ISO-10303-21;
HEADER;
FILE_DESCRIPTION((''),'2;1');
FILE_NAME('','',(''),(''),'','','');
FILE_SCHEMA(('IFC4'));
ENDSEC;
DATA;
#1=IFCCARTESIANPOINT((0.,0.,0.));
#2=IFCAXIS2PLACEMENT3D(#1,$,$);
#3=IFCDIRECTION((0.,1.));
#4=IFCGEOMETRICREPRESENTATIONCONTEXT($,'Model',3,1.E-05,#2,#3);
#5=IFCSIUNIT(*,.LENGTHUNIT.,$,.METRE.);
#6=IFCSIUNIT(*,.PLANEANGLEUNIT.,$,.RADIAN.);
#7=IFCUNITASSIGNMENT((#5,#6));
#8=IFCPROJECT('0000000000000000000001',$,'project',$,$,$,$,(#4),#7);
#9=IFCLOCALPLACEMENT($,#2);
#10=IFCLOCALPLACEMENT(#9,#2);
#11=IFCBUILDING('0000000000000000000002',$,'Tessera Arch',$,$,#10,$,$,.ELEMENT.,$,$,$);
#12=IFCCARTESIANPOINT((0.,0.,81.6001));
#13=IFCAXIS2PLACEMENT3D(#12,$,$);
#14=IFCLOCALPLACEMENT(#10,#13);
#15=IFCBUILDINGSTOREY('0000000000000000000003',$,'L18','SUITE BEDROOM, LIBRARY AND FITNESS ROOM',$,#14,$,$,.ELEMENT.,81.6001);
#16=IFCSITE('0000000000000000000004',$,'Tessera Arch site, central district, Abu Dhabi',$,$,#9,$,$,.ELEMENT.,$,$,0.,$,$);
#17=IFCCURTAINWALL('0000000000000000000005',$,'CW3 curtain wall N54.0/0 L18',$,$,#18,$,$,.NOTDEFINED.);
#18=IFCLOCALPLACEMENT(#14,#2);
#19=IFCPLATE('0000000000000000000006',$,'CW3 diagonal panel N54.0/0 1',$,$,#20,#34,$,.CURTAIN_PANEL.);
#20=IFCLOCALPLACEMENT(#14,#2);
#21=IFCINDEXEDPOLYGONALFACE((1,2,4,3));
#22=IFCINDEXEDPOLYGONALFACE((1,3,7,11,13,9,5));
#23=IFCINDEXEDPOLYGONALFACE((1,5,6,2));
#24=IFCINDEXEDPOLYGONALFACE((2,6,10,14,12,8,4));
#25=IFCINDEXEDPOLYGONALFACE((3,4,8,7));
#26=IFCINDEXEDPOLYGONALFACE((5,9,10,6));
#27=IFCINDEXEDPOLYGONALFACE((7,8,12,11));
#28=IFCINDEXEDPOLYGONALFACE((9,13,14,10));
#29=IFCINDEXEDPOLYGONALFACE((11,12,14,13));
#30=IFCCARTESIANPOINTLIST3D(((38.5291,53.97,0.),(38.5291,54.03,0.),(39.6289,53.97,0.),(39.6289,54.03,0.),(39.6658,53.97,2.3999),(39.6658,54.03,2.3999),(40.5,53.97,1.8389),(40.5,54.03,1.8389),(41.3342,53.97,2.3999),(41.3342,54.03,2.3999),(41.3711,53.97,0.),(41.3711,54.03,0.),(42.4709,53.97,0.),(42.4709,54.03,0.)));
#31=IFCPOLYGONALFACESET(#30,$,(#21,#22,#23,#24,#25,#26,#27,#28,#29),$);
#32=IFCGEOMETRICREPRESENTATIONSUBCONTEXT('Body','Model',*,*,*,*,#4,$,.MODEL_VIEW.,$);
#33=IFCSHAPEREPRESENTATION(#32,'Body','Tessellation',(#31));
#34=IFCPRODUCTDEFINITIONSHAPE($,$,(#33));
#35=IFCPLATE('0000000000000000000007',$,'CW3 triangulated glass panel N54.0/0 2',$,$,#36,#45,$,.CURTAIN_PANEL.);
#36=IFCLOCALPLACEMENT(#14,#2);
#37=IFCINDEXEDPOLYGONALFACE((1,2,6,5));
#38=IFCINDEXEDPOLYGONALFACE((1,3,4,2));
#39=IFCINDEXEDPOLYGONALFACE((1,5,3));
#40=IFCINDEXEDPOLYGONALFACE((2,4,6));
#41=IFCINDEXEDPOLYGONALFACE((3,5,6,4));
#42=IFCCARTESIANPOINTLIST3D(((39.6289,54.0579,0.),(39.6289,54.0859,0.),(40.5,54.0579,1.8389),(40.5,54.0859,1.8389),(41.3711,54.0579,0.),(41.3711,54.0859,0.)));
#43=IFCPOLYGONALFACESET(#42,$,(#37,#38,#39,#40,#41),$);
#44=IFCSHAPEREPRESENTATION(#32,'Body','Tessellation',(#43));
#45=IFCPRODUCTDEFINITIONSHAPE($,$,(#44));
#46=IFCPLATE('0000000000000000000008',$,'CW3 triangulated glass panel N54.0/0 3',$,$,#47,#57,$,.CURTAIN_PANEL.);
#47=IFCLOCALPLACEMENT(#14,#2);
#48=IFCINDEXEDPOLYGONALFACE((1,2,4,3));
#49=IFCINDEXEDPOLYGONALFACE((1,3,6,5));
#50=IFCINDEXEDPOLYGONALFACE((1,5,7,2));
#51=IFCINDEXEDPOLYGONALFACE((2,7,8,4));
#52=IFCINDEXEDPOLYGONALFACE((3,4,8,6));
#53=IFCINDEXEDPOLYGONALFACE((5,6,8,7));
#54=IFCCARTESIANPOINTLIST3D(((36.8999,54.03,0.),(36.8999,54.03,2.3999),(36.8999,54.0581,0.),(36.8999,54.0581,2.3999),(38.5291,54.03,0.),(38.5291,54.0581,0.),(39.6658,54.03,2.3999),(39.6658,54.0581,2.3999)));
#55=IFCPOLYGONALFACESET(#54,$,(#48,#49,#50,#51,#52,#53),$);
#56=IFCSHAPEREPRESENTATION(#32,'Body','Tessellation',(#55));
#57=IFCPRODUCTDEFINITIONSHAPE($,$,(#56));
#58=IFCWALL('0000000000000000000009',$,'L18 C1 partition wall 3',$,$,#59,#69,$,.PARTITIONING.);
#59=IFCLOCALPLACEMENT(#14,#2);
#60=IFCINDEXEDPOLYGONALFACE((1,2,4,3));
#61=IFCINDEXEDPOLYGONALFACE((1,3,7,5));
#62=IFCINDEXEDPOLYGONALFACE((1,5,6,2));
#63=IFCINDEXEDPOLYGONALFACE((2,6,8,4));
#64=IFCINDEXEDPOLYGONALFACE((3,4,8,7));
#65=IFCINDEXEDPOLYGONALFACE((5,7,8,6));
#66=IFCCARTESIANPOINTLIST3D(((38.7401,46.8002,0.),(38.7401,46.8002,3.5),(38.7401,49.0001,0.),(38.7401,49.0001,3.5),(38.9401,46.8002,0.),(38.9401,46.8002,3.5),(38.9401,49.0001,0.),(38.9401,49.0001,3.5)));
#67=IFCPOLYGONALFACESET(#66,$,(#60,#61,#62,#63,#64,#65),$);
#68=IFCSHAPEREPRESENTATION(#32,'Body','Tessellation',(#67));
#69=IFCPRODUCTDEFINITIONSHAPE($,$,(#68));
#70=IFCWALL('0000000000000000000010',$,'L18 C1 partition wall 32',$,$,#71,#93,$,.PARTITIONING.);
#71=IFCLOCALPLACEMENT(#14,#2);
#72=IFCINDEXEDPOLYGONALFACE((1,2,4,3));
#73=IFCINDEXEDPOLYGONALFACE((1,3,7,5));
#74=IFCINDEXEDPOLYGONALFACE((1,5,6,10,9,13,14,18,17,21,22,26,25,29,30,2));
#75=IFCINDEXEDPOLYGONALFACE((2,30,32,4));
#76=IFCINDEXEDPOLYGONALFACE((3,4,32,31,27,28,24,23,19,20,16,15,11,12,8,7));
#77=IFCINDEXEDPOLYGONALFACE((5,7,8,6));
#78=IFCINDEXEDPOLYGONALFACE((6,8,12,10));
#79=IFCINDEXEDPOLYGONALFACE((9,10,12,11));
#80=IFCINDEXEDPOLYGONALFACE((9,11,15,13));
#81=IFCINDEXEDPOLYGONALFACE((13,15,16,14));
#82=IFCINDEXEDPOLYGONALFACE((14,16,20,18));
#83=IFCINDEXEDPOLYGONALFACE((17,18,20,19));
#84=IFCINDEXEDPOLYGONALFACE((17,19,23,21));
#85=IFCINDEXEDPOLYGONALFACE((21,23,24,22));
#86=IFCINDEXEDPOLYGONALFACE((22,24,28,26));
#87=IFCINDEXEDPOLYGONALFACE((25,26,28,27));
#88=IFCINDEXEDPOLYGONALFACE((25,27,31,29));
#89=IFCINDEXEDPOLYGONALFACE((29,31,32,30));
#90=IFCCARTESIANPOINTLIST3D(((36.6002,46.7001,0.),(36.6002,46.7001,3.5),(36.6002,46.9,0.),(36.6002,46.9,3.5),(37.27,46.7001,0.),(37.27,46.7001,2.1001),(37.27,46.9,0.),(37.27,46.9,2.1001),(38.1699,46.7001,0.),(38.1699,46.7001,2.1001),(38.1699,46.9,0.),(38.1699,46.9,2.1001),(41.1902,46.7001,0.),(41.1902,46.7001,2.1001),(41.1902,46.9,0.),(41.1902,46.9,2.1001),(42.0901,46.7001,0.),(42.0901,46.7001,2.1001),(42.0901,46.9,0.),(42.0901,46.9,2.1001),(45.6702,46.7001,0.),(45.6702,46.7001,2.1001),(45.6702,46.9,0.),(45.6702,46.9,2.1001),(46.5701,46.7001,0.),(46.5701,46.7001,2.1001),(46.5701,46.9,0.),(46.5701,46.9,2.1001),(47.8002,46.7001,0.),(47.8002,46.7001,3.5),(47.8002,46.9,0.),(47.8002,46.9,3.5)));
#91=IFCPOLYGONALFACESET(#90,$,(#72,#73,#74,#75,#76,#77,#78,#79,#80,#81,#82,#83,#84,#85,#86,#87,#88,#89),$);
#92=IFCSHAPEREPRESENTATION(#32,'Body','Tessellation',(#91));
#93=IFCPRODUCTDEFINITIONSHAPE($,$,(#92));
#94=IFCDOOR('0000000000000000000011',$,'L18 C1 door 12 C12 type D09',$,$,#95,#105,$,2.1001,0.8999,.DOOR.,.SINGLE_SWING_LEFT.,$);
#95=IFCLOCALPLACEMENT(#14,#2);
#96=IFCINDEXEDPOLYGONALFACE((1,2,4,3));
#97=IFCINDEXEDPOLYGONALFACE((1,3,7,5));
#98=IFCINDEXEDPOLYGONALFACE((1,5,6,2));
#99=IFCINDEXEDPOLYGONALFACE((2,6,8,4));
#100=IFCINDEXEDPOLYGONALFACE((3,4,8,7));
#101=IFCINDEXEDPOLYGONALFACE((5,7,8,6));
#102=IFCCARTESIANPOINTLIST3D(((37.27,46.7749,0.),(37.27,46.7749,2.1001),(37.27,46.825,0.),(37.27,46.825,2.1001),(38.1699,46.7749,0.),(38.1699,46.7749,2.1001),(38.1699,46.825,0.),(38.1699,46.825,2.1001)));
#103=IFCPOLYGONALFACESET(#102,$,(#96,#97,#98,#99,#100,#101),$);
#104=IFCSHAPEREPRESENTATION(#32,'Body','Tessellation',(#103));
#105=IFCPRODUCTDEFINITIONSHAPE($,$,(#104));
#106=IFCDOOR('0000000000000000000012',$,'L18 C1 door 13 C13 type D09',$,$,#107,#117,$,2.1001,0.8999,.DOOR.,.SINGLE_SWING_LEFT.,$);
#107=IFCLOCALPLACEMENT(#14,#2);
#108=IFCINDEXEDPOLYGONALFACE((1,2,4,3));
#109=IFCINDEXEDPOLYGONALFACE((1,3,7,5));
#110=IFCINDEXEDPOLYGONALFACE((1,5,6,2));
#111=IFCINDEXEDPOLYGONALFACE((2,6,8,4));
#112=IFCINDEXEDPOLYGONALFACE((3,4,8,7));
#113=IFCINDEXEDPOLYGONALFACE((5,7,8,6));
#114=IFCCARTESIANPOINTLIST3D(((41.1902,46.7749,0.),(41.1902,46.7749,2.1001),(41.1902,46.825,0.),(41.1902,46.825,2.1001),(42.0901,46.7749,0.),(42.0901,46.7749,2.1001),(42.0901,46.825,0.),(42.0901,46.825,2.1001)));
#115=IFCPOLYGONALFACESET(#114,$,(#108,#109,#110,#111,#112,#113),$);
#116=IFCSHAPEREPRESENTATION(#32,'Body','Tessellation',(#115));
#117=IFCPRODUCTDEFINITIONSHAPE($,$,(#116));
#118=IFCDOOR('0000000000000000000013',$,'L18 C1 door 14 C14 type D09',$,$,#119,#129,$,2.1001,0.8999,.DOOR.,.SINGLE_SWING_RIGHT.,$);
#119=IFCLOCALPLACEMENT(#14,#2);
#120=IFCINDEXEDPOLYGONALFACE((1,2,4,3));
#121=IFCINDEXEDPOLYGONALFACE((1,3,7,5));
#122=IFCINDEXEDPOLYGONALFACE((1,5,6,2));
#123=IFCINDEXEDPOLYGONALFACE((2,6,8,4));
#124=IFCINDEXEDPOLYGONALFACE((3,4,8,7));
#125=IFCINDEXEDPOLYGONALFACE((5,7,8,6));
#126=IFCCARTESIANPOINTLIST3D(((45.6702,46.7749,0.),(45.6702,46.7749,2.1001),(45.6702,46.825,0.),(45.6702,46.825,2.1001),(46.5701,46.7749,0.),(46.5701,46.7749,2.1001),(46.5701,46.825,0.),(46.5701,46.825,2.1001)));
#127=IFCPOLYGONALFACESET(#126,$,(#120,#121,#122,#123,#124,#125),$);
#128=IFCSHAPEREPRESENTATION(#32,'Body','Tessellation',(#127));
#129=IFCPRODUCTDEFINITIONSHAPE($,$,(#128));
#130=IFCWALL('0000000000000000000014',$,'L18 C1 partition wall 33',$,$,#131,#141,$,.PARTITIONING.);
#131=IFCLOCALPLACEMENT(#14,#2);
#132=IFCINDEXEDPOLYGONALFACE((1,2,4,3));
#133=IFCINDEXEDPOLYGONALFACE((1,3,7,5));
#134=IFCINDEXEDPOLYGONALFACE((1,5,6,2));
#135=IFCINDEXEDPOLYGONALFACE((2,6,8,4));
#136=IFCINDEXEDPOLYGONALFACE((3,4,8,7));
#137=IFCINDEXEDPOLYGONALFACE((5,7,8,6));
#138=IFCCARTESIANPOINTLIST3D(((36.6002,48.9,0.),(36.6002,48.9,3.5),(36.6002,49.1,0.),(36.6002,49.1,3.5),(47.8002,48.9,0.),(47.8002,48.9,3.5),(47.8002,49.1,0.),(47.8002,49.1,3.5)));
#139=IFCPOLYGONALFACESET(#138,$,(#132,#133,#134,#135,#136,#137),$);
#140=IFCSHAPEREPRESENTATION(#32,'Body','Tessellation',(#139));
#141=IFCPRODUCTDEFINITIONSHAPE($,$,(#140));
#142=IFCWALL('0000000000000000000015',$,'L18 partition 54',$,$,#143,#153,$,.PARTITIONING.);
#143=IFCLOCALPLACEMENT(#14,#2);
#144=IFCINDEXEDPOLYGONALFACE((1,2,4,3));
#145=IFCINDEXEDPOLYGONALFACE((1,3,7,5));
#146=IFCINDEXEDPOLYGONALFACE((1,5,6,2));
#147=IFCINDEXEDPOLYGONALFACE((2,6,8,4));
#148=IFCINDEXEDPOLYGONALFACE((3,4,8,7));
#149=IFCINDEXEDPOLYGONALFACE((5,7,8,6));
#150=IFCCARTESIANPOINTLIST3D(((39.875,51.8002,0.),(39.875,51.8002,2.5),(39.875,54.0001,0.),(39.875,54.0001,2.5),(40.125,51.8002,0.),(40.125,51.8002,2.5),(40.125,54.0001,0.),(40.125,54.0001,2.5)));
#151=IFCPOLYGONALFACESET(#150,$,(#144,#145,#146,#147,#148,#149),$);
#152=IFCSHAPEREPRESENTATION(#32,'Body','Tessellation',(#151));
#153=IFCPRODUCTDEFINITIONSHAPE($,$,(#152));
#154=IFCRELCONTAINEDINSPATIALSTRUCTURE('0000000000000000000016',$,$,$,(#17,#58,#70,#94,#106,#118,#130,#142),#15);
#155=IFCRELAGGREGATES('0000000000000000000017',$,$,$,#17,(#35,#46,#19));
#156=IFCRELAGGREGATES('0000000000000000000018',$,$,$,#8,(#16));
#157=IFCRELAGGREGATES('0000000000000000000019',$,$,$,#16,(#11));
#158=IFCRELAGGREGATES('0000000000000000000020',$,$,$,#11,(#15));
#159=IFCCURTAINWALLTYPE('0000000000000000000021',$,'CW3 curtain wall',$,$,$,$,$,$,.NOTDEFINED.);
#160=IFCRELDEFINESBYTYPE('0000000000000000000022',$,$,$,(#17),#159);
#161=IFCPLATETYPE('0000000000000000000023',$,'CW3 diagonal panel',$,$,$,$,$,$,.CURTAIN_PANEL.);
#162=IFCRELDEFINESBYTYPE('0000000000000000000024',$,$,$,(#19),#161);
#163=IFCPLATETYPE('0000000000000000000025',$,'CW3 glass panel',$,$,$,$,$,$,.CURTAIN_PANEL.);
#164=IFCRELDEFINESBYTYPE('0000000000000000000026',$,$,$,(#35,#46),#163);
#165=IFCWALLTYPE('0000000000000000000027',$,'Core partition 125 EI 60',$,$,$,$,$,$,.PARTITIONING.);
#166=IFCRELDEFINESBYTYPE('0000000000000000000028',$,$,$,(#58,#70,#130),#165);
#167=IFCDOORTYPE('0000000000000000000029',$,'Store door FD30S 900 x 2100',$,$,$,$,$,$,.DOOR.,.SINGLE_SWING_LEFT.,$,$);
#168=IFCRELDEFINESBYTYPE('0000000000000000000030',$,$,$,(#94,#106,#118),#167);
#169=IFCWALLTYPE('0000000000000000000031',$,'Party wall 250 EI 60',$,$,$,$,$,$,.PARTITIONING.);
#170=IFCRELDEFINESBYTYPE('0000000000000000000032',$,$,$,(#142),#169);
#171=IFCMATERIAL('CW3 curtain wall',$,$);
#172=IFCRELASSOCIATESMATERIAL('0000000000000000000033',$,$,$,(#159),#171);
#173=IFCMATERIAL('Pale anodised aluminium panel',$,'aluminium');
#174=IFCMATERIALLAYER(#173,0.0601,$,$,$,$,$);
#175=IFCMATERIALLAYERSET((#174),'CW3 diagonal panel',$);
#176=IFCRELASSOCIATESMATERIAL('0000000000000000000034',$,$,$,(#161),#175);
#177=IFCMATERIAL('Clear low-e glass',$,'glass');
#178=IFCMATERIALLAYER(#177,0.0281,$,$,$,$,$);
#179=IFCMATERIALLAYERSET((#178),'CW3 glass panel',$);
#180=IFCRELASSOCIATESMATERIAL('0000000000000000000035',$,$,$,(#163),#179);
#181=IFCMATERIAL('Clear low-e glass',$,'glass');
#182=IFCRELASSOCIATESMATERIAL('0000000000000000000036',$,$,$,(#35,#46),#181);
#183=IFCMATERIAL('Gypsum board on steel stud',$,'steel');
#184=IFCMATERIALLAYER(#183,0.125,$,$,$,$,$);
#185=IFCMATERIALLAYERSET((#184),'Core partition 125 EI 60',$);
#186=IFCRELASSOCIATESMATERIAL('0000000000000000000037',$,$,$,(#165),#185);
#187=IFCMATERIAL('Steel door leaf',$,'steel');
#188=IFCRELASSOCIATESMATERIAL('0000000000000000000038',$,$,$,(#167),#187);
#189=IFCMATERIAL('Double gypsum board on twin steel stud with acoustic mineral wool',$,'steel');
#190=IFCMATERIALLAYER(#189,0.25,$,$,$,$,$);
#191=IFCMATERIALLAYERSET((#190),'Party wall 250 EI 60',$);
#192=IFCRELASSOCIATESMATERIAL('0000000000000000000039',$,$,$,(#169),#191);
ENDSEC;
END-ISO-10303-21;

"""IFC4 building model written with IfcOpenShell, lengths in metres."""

from ifc_helpers import new_model, si_unit, direction, frame, frame_2d, origin, place, context, subcontext, project, spatial, polyline, rectangle, outline, extrude, material, layer, layer_set, type_object, element, fill, aggregate, save


model = new_model("IFC4")

# Units and contexts
model_context = context("Model", 3, precision=1e-05, world=origin(), true_north=direction((0.0, 1.0)))
body_context = subcontext(model_context, "Body", "Model", "MODEL_VIEW")
ifc_project = project(units=[si_unit("LENGTHUNIT", "METRE"), si_unit("PLANEANGLEUNIT", "RADIAN")], contexts=[model_context])

# Site, building, storey
site_placement = place(None, origin())
site = spatial("IfcSite", under=ifc_project, at=site_placement, Name="Tessera Arch site, central district, Abu Dhabi", CompositionType="ELEMENT", RefElevation=0.0)
building_placement = place(site_placement, origin())
building = spatial("IfcBuilding", under=site, at=building_placement, Name="Tessera Arch", CompositionType="ELEMENT")
storey_placement = place(building_placement, frame((0.0, 0.0, 81.6001)))
storey = spatial("IfcBuildingStorey", under=building, at=storey_placement, Name="L18", Description="SUITE BEDROOM, LIBRARY AND FITNESS ROOM", CompositionType="ELEMENT", Elevation=81.6001)

# Curtain wall, plates
ifc_material_1 = material(Name="CW3 curtain wall")
curtain_wall_type = type_object("IfcCurtainWallType", Name="CW3 curtain wall", PredefinedType="NOTDEFINED", material=ifc_material_1)
curtain_wall_placement = place(storey_placement, origin())
curtain_wall = element("IfcCurtainWall", 1, at=curtain_wall_placement, inside=storey, type_object=curtain_wall_type, Name="CW3 curtain wall N54.0/0 L18", PredefinedType="NOTDEFINED")
ifc_material_2 = material(Name="Pale anodised aluminium panel", Category="aluminium")
ifc_layer_1 = layer(ifc_material_2, 0.0601)
ifc_layer_set_1 = layer_set([ifc_layer_1], Name="CW3 diagonal panel")
plate_type_1 = type_object("IfcPlateType", Name="CW3 diagonal panel", PredefinedType="CURTAIN_PANEL", material=ifc_layer_set_1)
plate_1_placement = place(storey_placement, frame((39.6658, 54.03, 2.3999), z_axis=(0.0, 1.0, 0.0), x_axis=(1.0, 0.0, 0.0)))
plate_1 = element("IfcPlate", 2, at=plate_1_placement, type_object=plate_type_1, Name="CW3 diagonal panel N54.0/0 1", PredefinedType="CURTAIN_PANEL", context=body_context, shape_type="SweptSolid", body=[
    extrude(outline(polyline([(0.0, 0.0), (1.6685, 0.0), (2.8052, 2.3999), (1.7053, 2.3999), (0.8342, 0.561), (-0.0369, 2.3999), (-1.1367, 2.3999), (0.0, 0.0)])), origin(), (0.0, 0.0, -1.0), 0.0601),
])
ifc_material_3 = material(Name="Clear low-e glass", Category="glass")
ifc_material_4 = material(Name="Clear low-e glass", Category="glass")
ifc_layer_2 = layer(ifc_material_4, 0.0281)
ifc_layer_set_2 = layer_set([ifc_layer_2], Name="CW3 glass panel")
plate_type_2 = type_object("IfcPlateType", Name="CW3 glass panel", PredefinedType="CURTAIN_PANEL", material=ifc_layer_set_2)
plate_2_placement = place(storey_placement, frame((41.3711, 54.0859, 0.0), z_axis=(0.0, 1.0, 0.0), x_axis=(-1.0, 0.0, 0.0)))
plate_2 = element("IfcPlate", 3, at=plate_2_placement, type_object=plate_type_2, material=ifc_material_3, Name="CW3 triangulated glass panel N54.0/0 2", PredefinedType="CURTAIN_PANEL", context=body_context, shape_type="SweptSolid", body=[
    extrude(outline(polyline([(0.0, 0.0), (1.7422, 0.0), (0.8711, 1.8389), (0.0, 0.0)])), origin(), (0.0, 0.0, -1.0), 0.0281),
])
plate_3_placement = place(storey_placement, frame((36.8999, 54.0581, 2.3999), z_axis=(0.0, 1.0, 0.0), x_axis=(1.0, 0.0, 0.0)))
plate_3 = element("IfcPlate", 4, at=plate_3_placement, type_object=plate_type_2, material=ifc_material_3, Name="CW3 triangulated glass panel N54.0/0 3", PredefinedType="CURTAIN_PANEL", context=body_context, shape_type="SweptSolid", body=[
    extrude(outline(polyline([(0.0, 0.0), (2.7659, 0.0), (1.6292, 2.3999), (0.0, 2.3999), (0.0, 0.0)])), origin(), (0.0, 0.0, -1.0), 0.0281),
])

# Wall
ifc_material_5 = material(Name="Gypsum board on steel stud", Category="steel")
ifc_layer_3 = layer(ifc_material_5, 0.125)
ifc_layer_set_3 = layer_set([ifc_layer_3], Name="Core partition 125 EI 60")
wall_type_1 = type_object("IfcWallType", Name="Core partition 125 EI 60", PredefinedType="PARTITIONING", material=ifc_layer_set_3)
wall_1_placement = place(storey_placement, frame((38.8401, 46.8, 0.0), z_axis=(0.0, 0.0, 1.0), x_axis=(0.0, 1.0, 0.0)))
element("IfcWall", 5, at=wall_1_placement, inside=storey, type_object=wall_type_1, Name="L18 C1 partition wall 3", PredefinedType="PARTITIONING", context=body_context, shape_type="SweptSolid", body=[
    extrude(rectangle(XDim=2.2, YDim=0.2, at=frame_2d((1.1001, 0.0))), origin(), (0.0, 0.0, 1.0), 3.5),
])

# Wall, openings, doors
wall_2_placement = place(storey_placement, frame((36.6001, 46.8, 0.0), z_axis=(0.0, 0.0, 1.0), x_axis=(1.0, 0.0, 0.0)))
wall_2 = element("IfcWall", 6, at=wall_2_placement, inside=storey, type_object=wall_type_1, Name="L18 C1 partition wall 32", PredefinedType="PARTITIONING", context=body_context, shape_type="SweptSolid", body=[
    extrude(rectangle(XDim=11.2, YDim=0.2, at=frame_2d((5.6001, 0.0))), origin(), (0.0, 0.0, 1.0), 3.5),
])
opening_1_placement = place(wall_2_placement, frame((0.6699, 0.0, 0.0)))
opening_1 = element("IfcOpeningElement", 7, at=opening_1_placement, cuts=wall_2, PredefinedType="OPENING", context=body_context, shape_type="SweptSolid", body=[
    extrude(rectangle(XDim=0.8999, YDim=2.1001, at=frame_2d((0.45, 1.05))), frame((0.0, 0.1099, 0.0), z_axis=(0.0, -1.0, 0.0), x_axis=(1.0, 0.0, 0.0)), (0.0, 0.0, 1.0), 0.22),
])
opening_2_placement = place(wall_2_placement, frame((4.5901, 0.0, 0.0)))
opening_2 = element("IfcOpeningElement", 8, at=opening_2_placement, cuts=wall_2, PredefinedType="OPENING", context=body_context, shape_type="SweptSolid", body=[
    extrude(rectangle(XDim=0.8999, YDim=2.1001, at=frame_2d((0.45, 1.05))), frame((0.0, 0.1099, 0.0), z_axis=(0.0, -1.0, 0.0), x_axis=(1.0, 0.0, 0.0)), (0.0, 0.0, 1.0), 0.22),
])
opening_3_placement = place(wall_2_placement, frame((9.0701, 0.0, 0.0)))
opening_3 = element("IfcOpeningElement", 9, at=opening_3_placement, cuts=wall_2, PredefinedType="OPENING", context=body_context, shape_type="SweptSolid", body=[
    extrude(rectangle(XDim=0.8999, YDim=2.1001, at=frame_2d((0.45, 1.05))), frame((0.0, 0.1099, 0.0), z_axis=(0.0, -1.0, 0.0), x_axis=(1.0, 0.0, 0.0)), (0.0, 0.0, 1.0), 0.22),
])
ifc_material_6 = material(Name="Steel door leaf", Category="steel")
door_type = type_object("IfcDoorType", Name="Store door FD30S 900 x 2100", OperationType="SINGLE_SWING_LEFT", PredefinedType="DOOR", material=ifc_material_6)
door_1_placement = place(opening_1_placement, origin())
door_1 = element("IfcDoor", 10, at=door_1_placement, inside=storey, type_object=door_type, Name="L18 C1 door 12 C12 type D09", OperationType="SINGLE_SWING_LEFT", OverallHeight=2.1001, OverallWidth=0.8999, PredefinedType="DOOR", context=body_context, shape_type="SweptSolid", body=[
    extrude(rectangle(XDim=0.8999, YDim=2.1001, at=frame_2d((0.45, 1.05))), frame((0.0, 0.0249, 0.0), z_axis=(0.0, -1.0, 0.0), x_axis=(1.0, 0.0, 0.0)), (0.0, 0.0, 1.0), 0.05),
])
fill(opening_1, door_1)
door_2_placement = place(opening_2_placement, origin())
door_2 = element("IfcDoor", 11, at=door_2_placement, inside=storey, type_object=door_type, Name="L18 C1 door 13 C13 type D09", OperationType="SINGLE_SWING_LEFT", OverallHeight=2.1001, OverallWidth=0.8999, PredefinedType="DOOR", context=body_context, shape_type="SweptSolid", body=[
    extrude(rectangle(XDim=0.8999, YDim=2.1001, at=frame_2d((0.45, 1.05))), frame((0.0, 0.0249, 0.0), z_axis=(0.0, -1.0, 0.0), x_axis=(1.0, 0.0, 0.0)), (0.0, 0.0, 1.0), 0.05),
])
fill(opening_2, door_2)
door_3_placement = place(opening_3_placement, origin())
door_3 = element("IfcDoor", 12, at=door_3_placement, inside=storey, type_object=door_type, Name="L18 C1 door 14 C14 type D09", OperationType="SINGLE_SWING_RIGHT", OverallHeight=2.1001, OverallWidth=0.8999, PredefinedType="DOOR", context=body_context, shape_type="SweptSolid", body=[
    extrude(rectangle(XDim=0.8999, YDim=2.1001, at=frame_2d((0.45, 1.05))), frame((0.0, 0.0249, 0.0), z_axis=(0.0, -1.0, 0.0), x_axis=(1.0, 0.0, 0.0)), (0.0, 0.0, 1.0), 0.05),
])
fill(opening_3, door_3)

# Walls
wall_3_placement = place(storey_placement, frame((36.6001, 49.0, 0.0), z_axis=(0.0, 0.0, 1.0), x_axis=(1.0, 0.0, 0.0)))
element("IfcWall", 13, at=wall_3_placement, inside=storey, type_object=wall_type_1, Name="L18 C1 partition wall 33", PredefinedType="PARTITIONING", context=body_context, shape_type="SweptSolid", body=[
    extrude(rectangle(XDim=11.2, YDim=0.2, at=frame_2d((5.6001, 0.0))), origin(), (0.0, 0.0, 1.0), 3.5),
])
ifc_material_7 = material(Name="Double gypsum board on twin steel stud with acoustic mineral wool", Category="steel")
ifc_layer_4 = layer(ifc_material_7, 0.25)
ifc_layer_set_4 = layer_set([ifc_layer_4], Name="Party wall 250 EI 60")
wall_type_2 = type_object("IfcWallType", Name="Party wall 250 EI 60", PredefinedType="PARTITIONING", material=ifc_layer_set_4)
wall_4_placement = place(storey_placement, frame((40.0, 51.8, 0.0), z_axis=(0.0, 0.0, 1.0), x_axis=(0.0, 1.0, 0.0)))
element("IfcWall", 14, at=wall_4_placement, inside=storey, type_object=wall_type_2, Name="L18 partition 54", PredefinedType="PARTITIONING", context=body_context, shape_type="SweptSolid", body=[
    extrude(rectangle(XDim=2.2, YDim=0.25, at=frame_2d((1.1001, 0.0))), origin(), (0.0, 0.0, 1.0), 2.5),
])

aggregate(curtain_wall, [plate_2, plate_3, plate_1])

save(model, "model.ifc")
